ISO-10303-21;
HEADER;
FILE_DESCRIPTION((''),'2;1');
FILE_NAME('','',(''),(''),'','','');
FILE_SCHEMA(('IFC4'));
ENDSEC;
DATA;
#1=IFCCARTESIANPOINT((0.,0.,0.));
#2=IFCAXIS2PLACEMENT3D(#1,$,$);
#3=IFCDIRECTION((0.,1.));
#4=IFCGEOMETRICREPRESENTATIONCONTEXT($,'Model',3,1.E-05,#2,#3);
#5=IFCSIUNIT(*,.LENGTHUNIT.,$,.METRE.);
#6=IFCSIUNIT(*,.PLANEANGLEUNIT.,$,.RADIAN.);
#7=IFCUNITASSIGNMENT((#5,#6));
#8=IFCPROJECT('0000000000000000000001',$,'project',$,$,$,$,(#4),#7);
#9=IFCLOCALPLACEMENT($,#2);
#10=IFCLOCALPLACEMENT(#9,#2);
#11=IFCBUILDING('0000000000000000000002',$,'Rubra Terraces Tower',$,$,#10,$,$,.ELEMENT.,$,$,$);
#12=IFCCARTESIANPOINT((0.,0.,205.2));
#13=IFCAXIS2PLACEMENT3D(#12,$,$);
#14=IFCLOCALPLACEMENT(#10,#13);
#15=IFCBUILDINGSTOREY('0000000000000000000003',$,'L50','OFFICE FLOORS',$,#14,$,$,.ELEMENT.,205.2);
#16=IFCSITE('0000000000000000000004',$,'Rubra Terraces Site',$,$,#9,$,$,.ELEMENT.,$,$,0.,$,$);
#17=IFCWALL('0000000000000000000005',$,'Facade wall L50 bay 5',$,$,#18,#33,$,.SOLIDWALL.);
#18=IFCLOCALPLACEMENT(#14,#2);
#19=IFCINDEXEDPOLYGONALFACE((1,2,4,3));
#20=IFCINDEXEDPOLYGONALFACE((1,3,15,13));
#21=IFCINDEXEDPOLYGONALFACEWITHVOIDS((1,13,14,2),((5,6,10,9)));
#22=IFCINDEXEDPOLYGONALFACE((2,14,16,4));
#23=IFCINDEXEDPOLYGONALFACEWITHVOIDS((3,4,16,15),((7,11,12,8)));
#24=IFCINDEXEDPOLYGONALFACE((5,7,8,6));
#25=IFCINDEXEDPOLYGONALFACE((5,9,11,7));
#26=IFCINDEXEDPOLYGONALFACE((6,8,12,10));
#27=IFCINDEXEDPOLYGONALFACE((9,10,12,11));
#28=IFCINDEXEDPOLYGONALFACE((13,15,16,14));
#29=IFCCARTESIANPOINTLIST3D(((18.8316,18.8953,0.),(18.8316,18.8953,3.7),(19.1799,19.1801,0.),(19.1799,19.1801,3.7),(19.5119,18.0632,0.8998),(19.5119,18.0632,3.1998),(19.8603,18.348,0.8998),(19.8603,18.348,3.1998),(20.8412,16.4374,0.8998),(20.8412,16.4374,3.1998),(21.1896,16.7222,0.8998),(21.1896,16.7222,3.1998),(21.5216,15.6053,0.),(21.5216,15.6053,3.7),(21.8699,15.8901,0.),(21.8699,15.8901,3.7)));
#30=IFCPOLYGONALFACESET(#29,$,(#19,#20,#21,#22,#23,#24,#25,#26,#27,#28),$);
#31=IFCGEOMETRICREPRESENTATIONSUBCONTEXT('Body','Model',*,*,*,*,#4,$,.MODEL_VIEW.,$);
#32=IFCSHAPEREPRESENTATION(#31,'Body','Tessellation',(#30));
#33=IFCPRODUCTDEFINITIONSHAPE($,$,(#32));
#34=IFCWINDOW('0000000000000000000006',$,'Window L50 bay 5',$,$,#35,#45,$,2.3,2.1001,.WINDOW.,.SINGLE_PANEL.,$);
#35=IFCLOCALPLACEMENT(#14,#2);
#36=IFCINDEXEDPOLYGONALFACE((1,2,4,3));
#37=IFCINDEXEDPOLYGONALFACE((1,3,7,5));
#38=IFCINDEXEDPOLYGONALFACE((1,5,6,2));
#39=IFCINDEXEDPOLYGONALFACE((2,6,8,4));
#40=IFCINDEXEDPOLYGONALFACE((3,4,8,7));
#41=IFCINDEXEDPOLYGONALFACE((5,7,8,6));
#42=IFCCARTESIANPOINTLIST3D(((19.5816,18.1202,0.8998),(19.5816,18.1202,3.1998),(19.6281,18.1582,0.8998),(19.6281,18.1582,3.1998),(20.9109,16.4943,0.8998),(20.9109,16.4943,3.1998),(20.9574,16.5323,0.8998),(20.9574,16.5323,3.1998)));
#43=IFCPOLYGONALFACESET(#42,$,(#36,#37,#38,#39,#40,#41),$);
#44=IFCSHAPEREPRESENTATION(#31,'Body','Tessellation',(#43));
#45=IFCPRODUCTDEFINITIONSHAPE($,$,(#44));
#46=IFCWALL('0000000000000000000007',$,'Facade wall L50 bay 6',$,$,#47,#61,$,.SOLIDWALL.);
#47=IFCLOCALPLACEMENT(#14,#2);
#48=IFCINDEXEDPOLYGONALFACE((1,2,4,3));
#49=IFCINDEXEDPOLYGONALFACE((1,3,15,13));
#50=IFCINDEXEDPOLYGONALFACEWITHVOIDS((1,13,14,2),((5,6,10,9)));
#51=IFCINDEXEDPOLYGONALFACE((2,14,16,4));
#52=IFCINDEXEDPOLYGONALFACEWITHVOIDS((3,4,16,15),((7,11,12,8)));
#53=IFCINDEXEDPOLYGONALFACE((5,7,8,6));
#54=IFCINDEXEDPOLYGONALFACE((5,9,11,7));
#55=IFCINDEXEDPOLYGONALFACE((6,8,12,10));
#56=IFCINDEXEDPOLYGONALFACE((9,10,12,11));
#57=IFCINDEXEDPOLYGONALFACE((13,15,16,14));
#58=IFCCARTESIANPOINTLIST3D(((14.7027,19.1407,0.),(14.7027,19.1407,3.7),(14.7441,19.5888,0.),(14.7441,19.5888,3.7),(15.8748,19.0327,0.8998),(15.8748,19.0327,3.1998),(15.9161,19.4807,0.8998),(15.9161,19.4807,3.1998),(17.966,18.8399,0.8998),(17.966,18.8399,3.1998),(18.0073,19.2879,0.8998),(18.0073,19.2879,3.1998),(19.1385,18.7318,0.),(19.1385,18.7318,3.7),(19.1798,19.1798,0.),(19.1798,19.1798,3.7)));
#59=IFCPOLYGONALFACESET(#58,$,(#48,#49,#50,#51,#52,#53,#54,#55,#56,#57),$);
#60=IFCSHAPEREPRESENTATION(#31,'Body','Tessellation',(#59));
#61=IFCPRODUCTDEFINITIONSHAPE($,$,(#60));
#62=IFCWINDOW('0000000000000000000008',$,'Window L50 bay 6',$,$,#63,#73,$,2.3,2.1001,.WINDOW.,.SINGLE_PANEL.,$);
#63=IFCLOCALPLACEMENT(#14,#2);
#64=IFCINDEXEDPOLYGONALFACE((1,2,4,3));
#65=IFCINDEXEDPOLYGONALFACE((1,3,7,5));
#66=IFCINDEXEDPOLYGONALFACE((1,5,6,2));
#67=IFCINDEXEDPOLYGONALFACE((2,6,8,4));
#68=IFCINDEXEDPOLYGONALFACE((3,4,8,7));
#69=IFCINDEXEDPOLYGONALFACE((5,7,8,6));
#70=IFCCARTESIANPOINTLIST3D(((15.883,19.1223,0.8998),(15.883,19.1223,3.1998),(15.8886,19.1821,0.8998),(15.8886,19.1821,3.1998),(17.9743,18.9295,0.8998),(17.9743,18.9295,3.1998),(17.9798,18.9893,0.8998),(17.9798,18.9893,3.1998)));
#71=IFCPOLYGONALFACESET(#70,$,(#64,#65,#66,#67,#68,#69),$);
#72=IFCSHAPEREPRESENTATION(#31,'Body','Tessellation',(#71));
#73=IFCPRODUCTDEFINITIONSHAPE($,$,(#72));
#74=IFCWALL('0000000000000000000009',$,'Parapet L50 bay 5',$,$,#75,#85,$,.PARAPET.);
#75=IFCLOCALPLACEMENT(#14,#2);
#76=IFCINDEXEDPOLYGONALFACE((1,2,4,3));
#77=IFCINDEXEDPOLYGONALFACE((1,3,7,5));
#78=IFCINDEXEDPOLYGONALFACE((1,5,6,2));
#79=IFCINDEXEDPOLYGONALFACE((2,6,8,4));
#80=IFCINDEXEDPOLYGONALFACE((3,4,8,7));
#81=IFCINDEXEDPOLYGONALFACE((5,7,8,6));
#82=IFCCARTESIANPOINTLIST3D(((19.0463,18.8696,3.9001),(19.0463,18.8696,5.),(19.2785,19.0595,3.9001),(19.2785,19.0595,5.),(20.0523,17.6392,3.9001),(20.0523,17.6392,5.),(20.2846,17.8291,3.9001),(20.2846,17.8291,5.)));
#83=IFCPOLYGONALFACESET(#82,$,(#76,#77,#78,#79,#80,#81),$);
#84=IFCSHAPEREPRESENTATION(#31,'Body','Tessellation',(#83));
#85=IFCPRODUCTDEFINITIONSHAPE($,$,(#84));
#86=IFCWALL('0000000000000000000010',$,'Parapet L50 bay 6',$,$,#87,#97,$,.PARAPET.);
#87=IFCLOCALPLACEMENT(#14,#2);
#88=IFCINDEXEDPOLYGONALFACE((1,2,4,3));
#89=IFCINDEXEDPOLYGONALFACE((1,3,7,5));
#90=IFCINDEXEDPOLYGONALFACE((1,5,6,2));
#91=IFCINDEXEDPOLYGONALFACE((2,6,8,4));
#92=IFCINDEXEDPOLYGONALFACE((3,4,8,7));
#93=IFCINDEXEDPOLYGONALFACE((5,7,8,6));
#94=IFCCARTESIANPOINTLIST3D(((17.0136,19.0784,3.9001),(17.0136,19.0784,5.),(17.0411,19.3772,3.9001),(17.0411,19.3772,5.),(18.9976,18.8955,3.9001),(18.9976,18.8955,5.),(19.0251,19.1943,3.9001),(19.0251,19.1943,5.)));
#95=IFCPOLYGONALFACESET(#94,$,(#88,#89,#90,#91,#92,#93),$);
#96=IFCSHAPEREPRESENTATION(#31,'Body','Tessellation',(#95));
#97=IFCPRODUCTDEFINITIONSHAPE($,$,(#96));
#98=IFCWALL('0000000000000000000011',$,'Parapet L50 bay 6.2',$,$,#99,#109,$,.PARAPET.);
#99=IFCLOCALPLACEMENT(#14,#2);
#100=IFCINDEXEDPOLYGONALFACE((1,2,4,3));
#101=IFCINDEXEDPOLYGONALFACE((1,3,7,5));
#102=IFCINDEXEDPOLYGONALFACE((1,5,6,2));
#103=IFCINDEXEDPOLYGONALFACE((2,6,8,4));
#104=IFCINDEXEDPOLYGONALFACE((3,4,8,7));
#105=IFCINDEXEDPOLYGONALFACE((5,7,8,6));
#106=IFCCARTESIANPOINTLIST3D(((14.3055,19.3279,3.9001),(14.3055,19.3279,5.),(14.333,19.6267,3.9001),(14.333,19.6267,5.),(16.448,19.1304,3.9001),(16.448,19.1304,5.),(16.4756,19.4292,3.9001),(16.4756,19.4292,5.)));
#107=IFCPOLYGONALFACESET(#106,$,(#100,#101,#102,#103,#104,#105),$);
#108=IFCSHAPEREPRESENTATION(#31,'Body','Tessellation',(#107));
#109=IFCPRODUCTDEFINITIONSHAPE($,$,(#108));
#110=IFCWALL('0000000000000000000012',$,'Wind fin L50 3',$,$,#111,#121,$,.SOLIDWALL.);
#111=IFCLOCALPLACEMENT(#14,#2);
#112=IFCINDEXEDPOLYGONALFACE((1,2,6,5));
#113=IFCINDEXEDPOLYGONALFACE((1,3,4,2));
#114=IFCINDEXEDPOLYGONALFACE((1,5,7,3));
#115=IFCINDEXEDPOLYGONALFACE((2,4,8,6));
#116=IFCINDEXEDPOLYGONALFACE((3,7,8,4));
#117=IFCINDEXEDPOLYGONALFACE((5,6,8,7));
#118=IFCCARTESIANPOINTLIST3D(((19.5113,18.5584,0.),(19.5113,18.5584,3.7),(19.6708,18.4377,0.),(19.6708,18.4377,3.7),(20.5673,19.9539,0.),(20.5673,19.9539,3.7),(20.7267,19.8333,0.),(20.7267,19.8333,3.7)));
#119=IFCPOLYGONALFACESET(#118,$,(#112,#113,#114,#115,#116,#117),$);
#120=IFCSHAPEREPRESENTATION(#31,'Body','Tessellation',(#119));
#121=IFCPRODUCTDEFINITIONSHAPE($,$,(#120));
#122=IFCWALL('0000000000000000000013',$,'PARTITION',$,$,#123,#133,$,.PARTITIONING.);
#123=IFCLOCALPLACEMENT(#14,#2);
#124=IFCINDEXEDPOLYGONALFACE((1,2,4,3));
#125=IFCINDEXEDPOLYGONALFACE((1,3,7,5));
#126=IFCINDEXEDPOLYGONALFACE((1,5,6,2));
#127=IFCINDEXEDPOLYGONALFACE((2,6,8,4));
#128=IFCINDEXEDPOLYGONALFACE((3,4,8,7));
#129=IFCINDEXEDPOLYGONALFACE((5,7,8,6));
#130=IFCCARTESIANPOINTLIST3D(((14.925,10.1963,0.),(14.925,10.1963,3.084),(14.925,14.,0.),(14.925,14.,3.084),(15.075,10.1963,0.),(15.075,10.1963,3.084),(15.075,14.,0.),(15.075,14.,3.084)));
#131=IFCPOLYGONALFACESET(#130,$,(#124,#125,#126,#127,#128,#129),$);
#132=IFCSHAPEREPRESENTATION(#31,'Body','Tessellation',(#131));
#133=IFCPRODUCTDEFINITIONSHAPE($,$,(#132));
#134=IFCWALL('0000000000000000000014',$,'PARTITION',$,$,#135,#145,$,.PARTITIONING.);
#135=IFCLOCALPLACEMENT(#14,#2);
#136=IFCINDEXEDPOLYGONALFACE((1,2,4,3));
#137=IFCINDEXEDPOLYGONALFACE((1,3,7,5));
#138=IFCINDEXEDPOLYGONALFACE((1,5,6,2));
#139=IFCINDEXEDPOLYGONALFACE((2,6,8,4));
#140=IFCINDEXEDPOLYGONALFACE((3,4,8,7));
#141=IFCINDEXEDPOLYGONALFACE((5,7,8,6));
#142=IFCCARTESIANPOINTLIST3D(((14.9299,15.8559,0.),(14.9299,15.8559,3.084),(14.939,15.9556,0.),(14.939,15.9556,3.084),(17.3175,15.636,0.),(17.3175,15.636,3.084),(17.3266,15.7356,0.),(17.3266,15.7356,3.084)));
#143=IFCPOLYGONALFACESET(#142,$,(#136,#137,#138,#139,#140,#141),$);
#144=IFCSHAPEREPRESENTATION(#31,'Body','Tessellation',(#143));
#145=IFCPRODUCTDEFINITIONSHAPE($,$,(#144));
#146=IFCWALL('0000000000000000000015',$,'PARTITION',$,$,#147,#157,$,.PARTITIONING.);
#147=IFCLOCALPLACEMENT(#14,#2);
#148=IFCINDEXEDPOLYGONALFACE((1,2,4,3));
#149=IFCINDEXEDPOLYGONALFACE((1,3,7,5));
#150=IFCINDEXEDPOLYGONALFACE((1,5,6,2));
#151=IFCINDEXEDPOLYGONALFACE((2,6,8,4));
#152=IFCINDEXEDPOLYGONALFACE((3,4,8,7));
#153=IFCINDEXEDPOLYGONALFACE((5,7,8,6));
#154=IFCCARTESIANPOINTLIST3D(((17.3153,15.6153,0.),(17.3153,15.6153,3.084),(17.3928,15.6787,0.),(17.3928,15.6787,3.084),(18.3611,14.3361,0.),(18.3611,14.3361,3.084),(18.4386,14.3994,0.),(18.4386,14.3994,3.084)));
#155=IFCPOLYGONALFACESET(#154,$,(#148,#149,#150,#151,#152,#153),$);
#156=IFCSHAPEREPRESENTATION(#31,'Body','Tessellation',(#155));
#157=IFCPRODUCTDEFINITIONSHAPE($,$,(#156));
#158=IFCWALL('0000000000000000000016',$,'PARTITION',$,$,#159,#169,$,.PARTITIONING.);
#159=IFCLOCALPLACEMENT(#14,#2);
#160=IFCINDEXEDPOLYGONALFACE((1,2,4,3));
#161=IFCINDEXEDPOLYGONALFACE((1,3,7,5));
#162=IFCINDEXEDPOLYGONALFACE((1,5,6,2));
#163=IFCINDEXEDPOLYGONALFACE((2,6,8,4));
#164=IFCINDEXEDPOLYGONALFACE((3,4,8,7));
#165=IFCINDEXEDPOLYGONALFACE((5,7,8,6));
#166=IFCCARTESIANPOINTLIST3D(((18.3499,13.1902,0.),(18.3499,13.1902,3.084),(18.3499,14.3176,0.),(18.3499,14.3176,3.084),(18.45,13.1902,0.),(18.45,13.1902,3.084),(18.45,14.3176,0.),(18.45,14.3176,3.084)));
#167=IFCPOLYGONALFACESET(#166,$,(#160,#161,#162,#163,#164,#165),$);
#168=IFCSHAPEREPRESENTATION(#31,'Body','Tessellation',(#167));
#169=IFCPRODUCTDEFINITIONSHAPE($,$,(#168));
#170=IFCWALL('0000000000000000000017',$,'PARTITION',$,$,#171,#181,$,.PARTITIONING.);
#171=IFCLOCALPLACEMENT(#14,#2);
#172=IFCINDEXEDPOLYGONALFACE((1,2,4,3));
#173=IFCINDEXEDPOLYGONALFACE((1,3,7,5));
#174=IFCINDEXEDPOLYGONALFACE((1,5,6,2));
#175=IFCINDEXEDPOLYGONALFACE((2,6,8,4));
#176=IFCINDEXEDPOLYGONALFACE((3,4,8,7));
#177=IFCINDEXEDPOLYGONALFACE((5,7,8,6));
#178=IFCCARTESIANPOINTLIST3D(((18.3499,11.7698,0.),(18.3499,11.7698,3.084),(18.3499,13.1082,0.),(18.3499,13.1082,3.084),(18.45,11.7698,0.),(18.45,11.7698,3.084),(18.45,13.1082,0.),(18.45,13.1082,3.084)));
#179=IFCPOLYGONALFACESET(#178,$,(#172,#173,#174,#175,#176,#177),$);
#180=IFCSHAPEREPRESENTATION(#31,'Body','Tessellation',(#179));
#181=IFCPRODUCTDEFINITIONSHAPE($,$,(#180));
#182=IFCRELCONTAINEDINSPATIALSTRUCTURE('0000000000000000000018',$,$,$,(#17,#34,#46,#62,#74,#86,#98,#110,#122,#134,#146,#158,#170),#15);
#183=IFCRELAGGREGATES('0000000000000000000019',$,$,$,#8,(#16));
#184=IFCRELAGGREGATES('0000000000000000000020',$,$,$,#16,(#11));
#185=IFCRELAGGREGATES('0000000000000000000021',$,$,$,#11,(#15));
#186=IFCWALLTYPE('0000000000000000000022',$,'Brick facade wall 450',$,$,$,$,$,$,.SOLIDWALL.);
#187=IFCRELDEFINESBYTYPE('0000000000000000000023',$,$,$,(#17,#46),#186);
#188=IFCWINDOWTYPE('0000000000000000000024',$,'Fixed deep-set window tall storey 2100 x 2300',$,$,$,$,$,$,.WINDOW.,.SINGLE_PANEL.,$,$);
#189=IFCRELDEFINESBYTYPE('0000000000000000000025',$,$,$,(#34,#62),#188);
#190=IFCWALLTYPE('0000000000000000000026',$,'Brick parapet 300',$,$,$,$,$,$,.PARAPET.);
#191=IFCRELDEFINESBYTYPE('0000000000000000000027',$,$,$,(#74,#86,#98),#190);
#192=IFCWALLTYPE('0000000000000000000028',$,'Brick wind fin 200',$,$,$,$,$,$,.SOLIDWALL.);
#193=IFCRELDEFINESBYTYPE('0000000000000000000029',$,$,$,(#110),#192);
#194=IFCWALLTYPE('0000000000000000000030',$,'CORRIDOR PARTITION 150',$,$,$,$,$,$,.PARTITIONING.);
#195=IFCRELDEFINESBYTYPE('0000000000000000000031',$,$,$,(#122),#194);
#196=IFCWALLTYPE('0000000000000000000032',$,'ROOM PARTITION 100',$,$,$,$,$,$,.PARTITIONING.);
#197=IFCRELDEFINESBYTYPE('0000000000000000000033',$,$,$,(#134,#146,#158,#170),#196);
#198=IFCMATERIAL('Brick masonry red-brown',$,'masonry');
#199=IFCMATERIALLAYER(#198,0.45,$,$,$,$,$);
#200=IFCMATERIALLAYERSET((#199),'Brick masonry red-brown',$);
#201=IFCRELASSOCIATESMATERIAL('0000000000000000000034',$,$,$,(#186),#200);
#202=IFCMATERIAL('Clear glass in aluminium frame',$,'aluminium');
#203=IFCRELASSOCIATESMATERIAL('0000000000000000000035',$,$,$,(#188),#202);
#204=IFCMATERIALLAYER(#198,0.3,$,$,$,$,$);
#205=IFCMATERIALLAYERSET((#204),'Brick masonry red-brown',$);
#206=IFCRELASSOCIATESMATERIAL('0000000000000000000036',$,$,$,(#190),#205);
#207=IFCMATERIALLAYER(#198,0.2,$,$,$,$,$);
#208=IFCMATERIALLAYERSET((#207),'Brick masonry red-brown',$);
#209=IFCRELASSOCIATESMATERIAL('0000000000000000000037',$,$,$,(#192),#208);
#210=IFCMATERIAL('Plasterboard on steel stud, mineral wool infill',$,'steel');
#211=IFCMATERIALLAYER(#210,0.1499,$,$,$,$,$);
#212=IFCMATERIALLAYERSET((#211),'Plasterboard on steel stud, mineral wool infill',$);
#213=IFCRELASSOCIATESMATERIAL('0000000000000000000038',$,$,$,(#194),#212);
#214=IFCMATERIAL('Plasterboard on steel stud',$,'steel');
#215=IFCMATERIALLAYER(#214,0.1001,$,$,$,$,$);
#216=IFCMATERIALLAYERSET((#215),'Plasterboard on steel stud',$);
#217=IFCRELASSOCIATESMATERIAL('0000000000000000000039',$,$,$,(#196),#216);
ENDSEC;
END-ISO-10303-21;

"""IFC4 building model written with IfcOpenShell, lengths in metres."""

from ifc_helpers import new_model, si_unit, direction, frame, frame_2d, origin, place, context, subcontext, project, spatial, rectangle, extrude, material, layer, layer_set, type_object, element, fill, save


model = new_model("IFC4")

# Units and contexts
model_context = context("Model", 3, precision=1e-05, world=origin(), true_north=direction((0.0, 1.0)))
body_context = subcontext(model_context, "Body", "Model", "MODEL_VIEW")
ifc_project = project(units=[si_unit("LENGTHUNIT", "METRE"), si_unit("PLANEANGLEUNIT", "RADIAN")], contexts=[model_context])

# Site, building, storey
site_placement = place(None, origin())
site = spatial("IfcSite", under=ifc_project, at=site_placement, Name="Rubra Terraces Site", CompositionType="ELEMENT", RefElevation=0.0)
building_placement = place(site_placement, origin())
building = spatial("IfcBuilding", under=site, at=building_placement, Name="Rubra Terraces Tower", CompositionType="ELEMENT")
storey_placement = place(building_placement, frame((0.0, 0.0, 205.2)))
storey = spatial("IfcBuildingStorey", under=building, at=storey_placement, Name="L50", Description="OFFICE FLOORS", CompositionType="ELEMENT", Elevation=205.2)

# Walls, openings, windows
ifc_material_1 = material(Name="Brick masonry red-brown", Category="masonry")
ifc_layer_1 = layer(ifc_material_1, 0.45)
ifc_layer_set_1 = layer_set([ifc_layer_1], Name="Brick masonry red-brown")
wall_type_1 = type_object("IfcWallType", Name="Brick facade wall 450", PredefinedType="SOLIDWALL", material=ifc_layer_set_1)
ifc_material_2 = material(Name="Clear glass in aluminium frame", Category="aluminium")
window_type = type_object("IfcWindowType", Name="Fixed deep-set window tall storey 2100 x 2300", PartitioningType="SINGLE_PANEL", PredefinedType="WINDOW", material=ifc_material_2)
wall_1_placement = place(storey_placement, frame((21.6958, 15.7476, 0.0), z_axis=(0.0, 0.0, 1.0), x_axis=(-0.632969, 0.774177, 0.0)))
wall_1 = element("IfcWall", 1, at=wall_1_placement, inside=storey, type_object=wall_type_1, Name="Facade wall L50 bay 5", PredefinedType="SOLIDWALL", context=body_context, shape_type="SweptSolid", body=[
    extrude(rectangle(XDim=4.2498, YDim=0.45, at=frame_2d((2.125, 0.0))), origin(), (0.0, 0.0, 1.0), 3.7),
])
opening_1_placement = place(wall_1_placement, frame((1.075, 0.0, 0.8999)))
opening_1 = element("IfcOpeningElement", 2, at=opening_1_placement, cuts=wall_1, PredefinedType="OPENING", context=body_context, shape_type="SweptSolid", body=[
    extrude(rectangle(XDim=2.1001, YDim=2.3, at=frame_2d((1.05, 1.1499))), frame((0.0, 0.2349, 0.0), z_axis=(0.0, -1.0, 0.0), x_axis=(1.0, 0.0, 0.0)), (0.0, 0.0, 1.0), 0.47),
])
window_1_placement = place(opening_1_placement, origin())
window_1 = element("IfcWindow", 3, at=window_1_placement, inside=storey, type_object=window_type, Name="Window L50 bay 5", OverallHeight=2.3, OverallWidth=2.1001, PartitioningType="SINGLE_PANEL", PredefinedType="WINDOW", context=body_context, shape_type="SweptSolid", body=[
    extrude(rectangle(XDim=2.1001, YDim=2.3, at=frame_2d((1.05, 1.1499))), frame((0.0, 0.135, 0.0), z_axis=(0.0, -1.0, 0.0), x_axis=(1.0, 0.0, 0.0)), (0.0, 0.0, 1.0), 0.0601),
])
fill(opening_1, window_1)
wall_2_placement = place(storey_placement, frame((19.1592, 18.9558, 0.0), z_axis=(0.0, 0.0, 1.0), x_axis=(-0.995777, 0.091801, 0.0)))
wall_2 = element("IfcWall", 4, at=wall_2_placement, inside=storey, type_object=wall_type_1, Name="Facade wall L50 bay 6", PredefinedType="SOLIDWALL", context=body_context, shape_type="SweptSolid", body=[
    extrude(rectangle(XDim=4.4546, YDim=0.45, at=frame_2d((2.2273, 0.0))), origin(), (0.0, 0.0, 1.0), 3.7),
])
opening_2_placement = place(wall_2_placement, frame((1.1775, 0.0, 0.8999)))
opening_2 = element("IfcOpeningElement", 5, at=opening_2_placement, cuts=wall_2, PredefinedType="OPENING", context=body_context, shape_type="SweptSolid", body=[
    extrude(rectangle(XDim=2.1001, YDim=2.3, at=frame_2d((1.05, 1.1499))), frame((0.0, 0.2349, 0.0), z_axis=(0.0, -1.0, 0.0), x_axis=(1.0, 0.0, 0.0)), (0.0, 0.0, 1.0), 0.47),
])
window_2_placement = place(opening_2_placement, origin())
window_2 = element("IfcWindow", 6, at=window_2_placement, inside=storey, type_object=window_type, Name="Window L50 bay 6", OverallHeight=2.3, OverallWidth=2.1001, PartitioningType="SINGLE_PANEL", PredefinedType="WINDOW", context=body_context, shape_type="SweptSolid", body=[
    extrude(rectangle(XDim=2.1001, YDim=2.3, at=frame_2d((1.05, 1.1499))), frame((0.0, 0.135, 0.0), z_axis=(0.0, -1.0, 0.0), x_axis=(1.0, 0.0, 0.0)), (0.0, 0.0, 1.0), 0.0601),
])
fill(opening_2, window_2)

# Walls
ifc_layer_2 = layer(ifc_material_1, 0.3)
ifc_layer_set_2 = layer_set([ifc_layer_2], Name="Brick masonry red-brown")
wall_type_2 = type_object("IfcWallType", Name="Brick parapet 300", PredefinedType="PARAPET", material=ifc_layer_set_2)
wall_3_placement = place(storey_placement, frame((20.1685, 17.7341, 3.9001), z_axis=(0.0, 0.0, 1.0), x_axis=(-0.632995, 0.774156, 0.0)))
element("IfcWall", 7, at=wall_3_placement, inside=storey, type_object=wall_type_2, Name="Parapet L50 bay 5", PredefinedType="PARAPET", context=body_context, shape_type="SweptSolid", body=[
    extrude(rectangle(XDim=1.5894, YDim=0.3, at=frame_2d((0.7947, 0.0))), origin(), (0.0, 0.0, 1.0), 1.0999),
])
wall_4_placement = place(storey_placement, frame((19.0112, 19.0449, 3.9001), z_axis=(0.0, 0.0, 1.0), x_axis=(-0.99578, 0.091773, 0.0)))
element("IfcWall", 8, at=wall_4_placement, inside=storey, type_object=wall_type_2, Name="Parapet L50 bay 6", PredefinedType="PARAPET", context=body_context, shape_type="SweptSolid", body=[
    extrude(rectangle(XDim=1.9924, YDim=0.3, at=frame_2d((0.9961, 0.0))), origin(), (0.0, 0.0, 1.0), 1.0999),
])
wall_5_placement = place(storey_placement, frame((16.4617, 19.2798, 3.9001), z_axis=(0.0, 0.0, 1.0), x_axis=(-0.995778, 0.091794, 0.0)))
element("IfcWall", 9, at=wall_5_placement, inside=storey, type_object=wall_type_2, Name="Parapet L50 bay 6.2", PredefinedType="PARAPET", context=body_context, shape_type="SweptSolid", body=[
    extrude(rectangle(XDim=2.1516, YDim=0.3, at=frame_2d((1.0757, 0.0))), origin(), (0.0, 0.0, 1.0), 1.0999),
])
ifc_layer_3 = layer(ifc_material_1, 0.2)
ifc_layer_set_3 = layer_set([ifc_layer_3], Name="Brick masonry red-brown")
wall_type_3 = type_object("IfcWallType", Name="Brick wind fin 200", PredefinedType="SOLIDWALL", material=ifc_layer_set_3)
wall_6_placement = place(storey_placement, frame((19.5911, 18.498, 0.0), z_axis=(0.0, 0.0, 1.0), x_axis=(0.603388, 0.797448, 0.0)))
element("IfcWall", 10, at=wall_6_placement, inside=storey, type_object=wall_type_3, Name="Wind fin L50 3", PredefinedType="SOLIDWALL", context=body_context, shape_type="SweptSolid", body=[
    extrude(rectangle(XDim=1.75, YDim=0.2, at=frame_2d((0.875, 0.0))), origin(), (0.0, 0.0, 1.0), 3.7),
])
ifc_material_3 = material(Name="Plasterboard on steel stud, mineral wool infill", Category="steel")
ifc_layer_4 = layer(ifc_material_3, 0.1499)
ifc_layer_set_4 = layer_set([ifc_layer_4], Name="Plasterboard on steel stud, mineral wool infill")
wall_type_4 = type_object("IfcWallType", Name="CORRIDOR PARTITION 150", PredefinedType="PARTITIONING", material=ifc_layer_set_4)
wall_7_placement = place(storey_placement, frame((15.0, 10.1963, 0.0), z_axis=(0.0, 0.0, 1.0), x_axis=(0.0, 1.0, 0.0)))
element("IfcWall", 11, at=wall_7_placement, inside=storey, type_object=wall_type_4, Name="PARTITION", PredefinedType="PARTITIONING", context=body_context, shape_type="SweptSolid", body=[
    extrude(rectangle(XDim=3.8037, YDim=0.1499, at=frame_2d((1.9019, 0.0))), origin(), (0.0, 0.0, 1.0), 3.084),
])
ifc_material_4 = material(Name="Plasterboard on steel stud", Category="steel")
ifc_layer_5 = layer(ifc_material_4, 0.1001)
ifc_layer_set_5 = layer_set([ifc_layer_5], Name="Plasterboard on steel stud")
wall_type_5 = type_object("IfcWallType", Name="ROOM PARTITION 100", PredefinedType="PARTITIONING", material=ifc_layer_set_5)
wall_8_placement = place(storey_placement, frame((14.9346, 15.9058, 0.0), z_axis=(0.0, 0.0, 1.0), x_axis=(0.995783, -0.091738, 0.0)))
element("IfcWall", 12, at=wall_8_placement, inside=storey, type_object=wall_type_5, Name="PARTITION", PredefinedType="PARTITIONING", context=body_context, shape_type="SweptSolid", body=[
    extrude(rectangle(XDim=2.3977, YDim=0.1001, at=frame_2d((1.1987, 0.0))), origin(), (0.0, 0.0, 1.0), 3.084),
])
wall_9_placement = place(storey_placement, frame((17.354, 15.647, 0.0), z_axis=(0.0, 0.0, 1.0), x_axis=(0.632948, -0.774194, 0.0)))
element("IfcWall", 13, at=wall_9_placement, inside=storey, type_object=wall_type_5, Name="PARTITION", PredefinedType="PARTITIONING", context=body_context, shape_type="SweptSolid", body=[
    extrude(rectangle(XDim=1.6523, YDim=0.1001, at=frame_2d((0.8262, 0.0))), origin(), (0.0, 0.0, 1.0), 3.084),
])
wall_10_placement = place(storey_placement, frame((18.3999, 14.3176, 0.0), z_axis=(0.0, 0.0, 1.0), x_axis=(0.0, -1.0, 0.0)))
element("IfcWall", 14, at=wall_10_placement, inside=storey, type_object=wall_type_5, Name="PARTITION", PredefinedType="PARTITIONING", context=body_context, shape_type="SweptSolid", body=[
    extrude(rectangle(XDim=1.1274, YDim=0.1001, at=frame_2d((0.5637, 0.0))), origin(), (0.0, 0.0, 1.0), 3.084),
])
wall_11_placement = place(storey_placement, frame((18.3999, 13.1082, 0.0), z_axis=(0.0, 0.0, 1.0), x_axis=(0.0, -1.0, 0.0)))
element("IfcWall", 15, at=wall_11_placement, inside=storey, type_object=wall_type_5, Name="PARTITION", PredefinedType="PARTITIONING", context=body_context, shape_type="SweptSolid", body=[
    extrude(rectangle(XDim=1.3384, YDim=0.1001, at=frame_2d((0.6692, 0.0))), origin(), (0.0, 0.0, 1.0), 3.084),
])

save(model, "model.ifc")
